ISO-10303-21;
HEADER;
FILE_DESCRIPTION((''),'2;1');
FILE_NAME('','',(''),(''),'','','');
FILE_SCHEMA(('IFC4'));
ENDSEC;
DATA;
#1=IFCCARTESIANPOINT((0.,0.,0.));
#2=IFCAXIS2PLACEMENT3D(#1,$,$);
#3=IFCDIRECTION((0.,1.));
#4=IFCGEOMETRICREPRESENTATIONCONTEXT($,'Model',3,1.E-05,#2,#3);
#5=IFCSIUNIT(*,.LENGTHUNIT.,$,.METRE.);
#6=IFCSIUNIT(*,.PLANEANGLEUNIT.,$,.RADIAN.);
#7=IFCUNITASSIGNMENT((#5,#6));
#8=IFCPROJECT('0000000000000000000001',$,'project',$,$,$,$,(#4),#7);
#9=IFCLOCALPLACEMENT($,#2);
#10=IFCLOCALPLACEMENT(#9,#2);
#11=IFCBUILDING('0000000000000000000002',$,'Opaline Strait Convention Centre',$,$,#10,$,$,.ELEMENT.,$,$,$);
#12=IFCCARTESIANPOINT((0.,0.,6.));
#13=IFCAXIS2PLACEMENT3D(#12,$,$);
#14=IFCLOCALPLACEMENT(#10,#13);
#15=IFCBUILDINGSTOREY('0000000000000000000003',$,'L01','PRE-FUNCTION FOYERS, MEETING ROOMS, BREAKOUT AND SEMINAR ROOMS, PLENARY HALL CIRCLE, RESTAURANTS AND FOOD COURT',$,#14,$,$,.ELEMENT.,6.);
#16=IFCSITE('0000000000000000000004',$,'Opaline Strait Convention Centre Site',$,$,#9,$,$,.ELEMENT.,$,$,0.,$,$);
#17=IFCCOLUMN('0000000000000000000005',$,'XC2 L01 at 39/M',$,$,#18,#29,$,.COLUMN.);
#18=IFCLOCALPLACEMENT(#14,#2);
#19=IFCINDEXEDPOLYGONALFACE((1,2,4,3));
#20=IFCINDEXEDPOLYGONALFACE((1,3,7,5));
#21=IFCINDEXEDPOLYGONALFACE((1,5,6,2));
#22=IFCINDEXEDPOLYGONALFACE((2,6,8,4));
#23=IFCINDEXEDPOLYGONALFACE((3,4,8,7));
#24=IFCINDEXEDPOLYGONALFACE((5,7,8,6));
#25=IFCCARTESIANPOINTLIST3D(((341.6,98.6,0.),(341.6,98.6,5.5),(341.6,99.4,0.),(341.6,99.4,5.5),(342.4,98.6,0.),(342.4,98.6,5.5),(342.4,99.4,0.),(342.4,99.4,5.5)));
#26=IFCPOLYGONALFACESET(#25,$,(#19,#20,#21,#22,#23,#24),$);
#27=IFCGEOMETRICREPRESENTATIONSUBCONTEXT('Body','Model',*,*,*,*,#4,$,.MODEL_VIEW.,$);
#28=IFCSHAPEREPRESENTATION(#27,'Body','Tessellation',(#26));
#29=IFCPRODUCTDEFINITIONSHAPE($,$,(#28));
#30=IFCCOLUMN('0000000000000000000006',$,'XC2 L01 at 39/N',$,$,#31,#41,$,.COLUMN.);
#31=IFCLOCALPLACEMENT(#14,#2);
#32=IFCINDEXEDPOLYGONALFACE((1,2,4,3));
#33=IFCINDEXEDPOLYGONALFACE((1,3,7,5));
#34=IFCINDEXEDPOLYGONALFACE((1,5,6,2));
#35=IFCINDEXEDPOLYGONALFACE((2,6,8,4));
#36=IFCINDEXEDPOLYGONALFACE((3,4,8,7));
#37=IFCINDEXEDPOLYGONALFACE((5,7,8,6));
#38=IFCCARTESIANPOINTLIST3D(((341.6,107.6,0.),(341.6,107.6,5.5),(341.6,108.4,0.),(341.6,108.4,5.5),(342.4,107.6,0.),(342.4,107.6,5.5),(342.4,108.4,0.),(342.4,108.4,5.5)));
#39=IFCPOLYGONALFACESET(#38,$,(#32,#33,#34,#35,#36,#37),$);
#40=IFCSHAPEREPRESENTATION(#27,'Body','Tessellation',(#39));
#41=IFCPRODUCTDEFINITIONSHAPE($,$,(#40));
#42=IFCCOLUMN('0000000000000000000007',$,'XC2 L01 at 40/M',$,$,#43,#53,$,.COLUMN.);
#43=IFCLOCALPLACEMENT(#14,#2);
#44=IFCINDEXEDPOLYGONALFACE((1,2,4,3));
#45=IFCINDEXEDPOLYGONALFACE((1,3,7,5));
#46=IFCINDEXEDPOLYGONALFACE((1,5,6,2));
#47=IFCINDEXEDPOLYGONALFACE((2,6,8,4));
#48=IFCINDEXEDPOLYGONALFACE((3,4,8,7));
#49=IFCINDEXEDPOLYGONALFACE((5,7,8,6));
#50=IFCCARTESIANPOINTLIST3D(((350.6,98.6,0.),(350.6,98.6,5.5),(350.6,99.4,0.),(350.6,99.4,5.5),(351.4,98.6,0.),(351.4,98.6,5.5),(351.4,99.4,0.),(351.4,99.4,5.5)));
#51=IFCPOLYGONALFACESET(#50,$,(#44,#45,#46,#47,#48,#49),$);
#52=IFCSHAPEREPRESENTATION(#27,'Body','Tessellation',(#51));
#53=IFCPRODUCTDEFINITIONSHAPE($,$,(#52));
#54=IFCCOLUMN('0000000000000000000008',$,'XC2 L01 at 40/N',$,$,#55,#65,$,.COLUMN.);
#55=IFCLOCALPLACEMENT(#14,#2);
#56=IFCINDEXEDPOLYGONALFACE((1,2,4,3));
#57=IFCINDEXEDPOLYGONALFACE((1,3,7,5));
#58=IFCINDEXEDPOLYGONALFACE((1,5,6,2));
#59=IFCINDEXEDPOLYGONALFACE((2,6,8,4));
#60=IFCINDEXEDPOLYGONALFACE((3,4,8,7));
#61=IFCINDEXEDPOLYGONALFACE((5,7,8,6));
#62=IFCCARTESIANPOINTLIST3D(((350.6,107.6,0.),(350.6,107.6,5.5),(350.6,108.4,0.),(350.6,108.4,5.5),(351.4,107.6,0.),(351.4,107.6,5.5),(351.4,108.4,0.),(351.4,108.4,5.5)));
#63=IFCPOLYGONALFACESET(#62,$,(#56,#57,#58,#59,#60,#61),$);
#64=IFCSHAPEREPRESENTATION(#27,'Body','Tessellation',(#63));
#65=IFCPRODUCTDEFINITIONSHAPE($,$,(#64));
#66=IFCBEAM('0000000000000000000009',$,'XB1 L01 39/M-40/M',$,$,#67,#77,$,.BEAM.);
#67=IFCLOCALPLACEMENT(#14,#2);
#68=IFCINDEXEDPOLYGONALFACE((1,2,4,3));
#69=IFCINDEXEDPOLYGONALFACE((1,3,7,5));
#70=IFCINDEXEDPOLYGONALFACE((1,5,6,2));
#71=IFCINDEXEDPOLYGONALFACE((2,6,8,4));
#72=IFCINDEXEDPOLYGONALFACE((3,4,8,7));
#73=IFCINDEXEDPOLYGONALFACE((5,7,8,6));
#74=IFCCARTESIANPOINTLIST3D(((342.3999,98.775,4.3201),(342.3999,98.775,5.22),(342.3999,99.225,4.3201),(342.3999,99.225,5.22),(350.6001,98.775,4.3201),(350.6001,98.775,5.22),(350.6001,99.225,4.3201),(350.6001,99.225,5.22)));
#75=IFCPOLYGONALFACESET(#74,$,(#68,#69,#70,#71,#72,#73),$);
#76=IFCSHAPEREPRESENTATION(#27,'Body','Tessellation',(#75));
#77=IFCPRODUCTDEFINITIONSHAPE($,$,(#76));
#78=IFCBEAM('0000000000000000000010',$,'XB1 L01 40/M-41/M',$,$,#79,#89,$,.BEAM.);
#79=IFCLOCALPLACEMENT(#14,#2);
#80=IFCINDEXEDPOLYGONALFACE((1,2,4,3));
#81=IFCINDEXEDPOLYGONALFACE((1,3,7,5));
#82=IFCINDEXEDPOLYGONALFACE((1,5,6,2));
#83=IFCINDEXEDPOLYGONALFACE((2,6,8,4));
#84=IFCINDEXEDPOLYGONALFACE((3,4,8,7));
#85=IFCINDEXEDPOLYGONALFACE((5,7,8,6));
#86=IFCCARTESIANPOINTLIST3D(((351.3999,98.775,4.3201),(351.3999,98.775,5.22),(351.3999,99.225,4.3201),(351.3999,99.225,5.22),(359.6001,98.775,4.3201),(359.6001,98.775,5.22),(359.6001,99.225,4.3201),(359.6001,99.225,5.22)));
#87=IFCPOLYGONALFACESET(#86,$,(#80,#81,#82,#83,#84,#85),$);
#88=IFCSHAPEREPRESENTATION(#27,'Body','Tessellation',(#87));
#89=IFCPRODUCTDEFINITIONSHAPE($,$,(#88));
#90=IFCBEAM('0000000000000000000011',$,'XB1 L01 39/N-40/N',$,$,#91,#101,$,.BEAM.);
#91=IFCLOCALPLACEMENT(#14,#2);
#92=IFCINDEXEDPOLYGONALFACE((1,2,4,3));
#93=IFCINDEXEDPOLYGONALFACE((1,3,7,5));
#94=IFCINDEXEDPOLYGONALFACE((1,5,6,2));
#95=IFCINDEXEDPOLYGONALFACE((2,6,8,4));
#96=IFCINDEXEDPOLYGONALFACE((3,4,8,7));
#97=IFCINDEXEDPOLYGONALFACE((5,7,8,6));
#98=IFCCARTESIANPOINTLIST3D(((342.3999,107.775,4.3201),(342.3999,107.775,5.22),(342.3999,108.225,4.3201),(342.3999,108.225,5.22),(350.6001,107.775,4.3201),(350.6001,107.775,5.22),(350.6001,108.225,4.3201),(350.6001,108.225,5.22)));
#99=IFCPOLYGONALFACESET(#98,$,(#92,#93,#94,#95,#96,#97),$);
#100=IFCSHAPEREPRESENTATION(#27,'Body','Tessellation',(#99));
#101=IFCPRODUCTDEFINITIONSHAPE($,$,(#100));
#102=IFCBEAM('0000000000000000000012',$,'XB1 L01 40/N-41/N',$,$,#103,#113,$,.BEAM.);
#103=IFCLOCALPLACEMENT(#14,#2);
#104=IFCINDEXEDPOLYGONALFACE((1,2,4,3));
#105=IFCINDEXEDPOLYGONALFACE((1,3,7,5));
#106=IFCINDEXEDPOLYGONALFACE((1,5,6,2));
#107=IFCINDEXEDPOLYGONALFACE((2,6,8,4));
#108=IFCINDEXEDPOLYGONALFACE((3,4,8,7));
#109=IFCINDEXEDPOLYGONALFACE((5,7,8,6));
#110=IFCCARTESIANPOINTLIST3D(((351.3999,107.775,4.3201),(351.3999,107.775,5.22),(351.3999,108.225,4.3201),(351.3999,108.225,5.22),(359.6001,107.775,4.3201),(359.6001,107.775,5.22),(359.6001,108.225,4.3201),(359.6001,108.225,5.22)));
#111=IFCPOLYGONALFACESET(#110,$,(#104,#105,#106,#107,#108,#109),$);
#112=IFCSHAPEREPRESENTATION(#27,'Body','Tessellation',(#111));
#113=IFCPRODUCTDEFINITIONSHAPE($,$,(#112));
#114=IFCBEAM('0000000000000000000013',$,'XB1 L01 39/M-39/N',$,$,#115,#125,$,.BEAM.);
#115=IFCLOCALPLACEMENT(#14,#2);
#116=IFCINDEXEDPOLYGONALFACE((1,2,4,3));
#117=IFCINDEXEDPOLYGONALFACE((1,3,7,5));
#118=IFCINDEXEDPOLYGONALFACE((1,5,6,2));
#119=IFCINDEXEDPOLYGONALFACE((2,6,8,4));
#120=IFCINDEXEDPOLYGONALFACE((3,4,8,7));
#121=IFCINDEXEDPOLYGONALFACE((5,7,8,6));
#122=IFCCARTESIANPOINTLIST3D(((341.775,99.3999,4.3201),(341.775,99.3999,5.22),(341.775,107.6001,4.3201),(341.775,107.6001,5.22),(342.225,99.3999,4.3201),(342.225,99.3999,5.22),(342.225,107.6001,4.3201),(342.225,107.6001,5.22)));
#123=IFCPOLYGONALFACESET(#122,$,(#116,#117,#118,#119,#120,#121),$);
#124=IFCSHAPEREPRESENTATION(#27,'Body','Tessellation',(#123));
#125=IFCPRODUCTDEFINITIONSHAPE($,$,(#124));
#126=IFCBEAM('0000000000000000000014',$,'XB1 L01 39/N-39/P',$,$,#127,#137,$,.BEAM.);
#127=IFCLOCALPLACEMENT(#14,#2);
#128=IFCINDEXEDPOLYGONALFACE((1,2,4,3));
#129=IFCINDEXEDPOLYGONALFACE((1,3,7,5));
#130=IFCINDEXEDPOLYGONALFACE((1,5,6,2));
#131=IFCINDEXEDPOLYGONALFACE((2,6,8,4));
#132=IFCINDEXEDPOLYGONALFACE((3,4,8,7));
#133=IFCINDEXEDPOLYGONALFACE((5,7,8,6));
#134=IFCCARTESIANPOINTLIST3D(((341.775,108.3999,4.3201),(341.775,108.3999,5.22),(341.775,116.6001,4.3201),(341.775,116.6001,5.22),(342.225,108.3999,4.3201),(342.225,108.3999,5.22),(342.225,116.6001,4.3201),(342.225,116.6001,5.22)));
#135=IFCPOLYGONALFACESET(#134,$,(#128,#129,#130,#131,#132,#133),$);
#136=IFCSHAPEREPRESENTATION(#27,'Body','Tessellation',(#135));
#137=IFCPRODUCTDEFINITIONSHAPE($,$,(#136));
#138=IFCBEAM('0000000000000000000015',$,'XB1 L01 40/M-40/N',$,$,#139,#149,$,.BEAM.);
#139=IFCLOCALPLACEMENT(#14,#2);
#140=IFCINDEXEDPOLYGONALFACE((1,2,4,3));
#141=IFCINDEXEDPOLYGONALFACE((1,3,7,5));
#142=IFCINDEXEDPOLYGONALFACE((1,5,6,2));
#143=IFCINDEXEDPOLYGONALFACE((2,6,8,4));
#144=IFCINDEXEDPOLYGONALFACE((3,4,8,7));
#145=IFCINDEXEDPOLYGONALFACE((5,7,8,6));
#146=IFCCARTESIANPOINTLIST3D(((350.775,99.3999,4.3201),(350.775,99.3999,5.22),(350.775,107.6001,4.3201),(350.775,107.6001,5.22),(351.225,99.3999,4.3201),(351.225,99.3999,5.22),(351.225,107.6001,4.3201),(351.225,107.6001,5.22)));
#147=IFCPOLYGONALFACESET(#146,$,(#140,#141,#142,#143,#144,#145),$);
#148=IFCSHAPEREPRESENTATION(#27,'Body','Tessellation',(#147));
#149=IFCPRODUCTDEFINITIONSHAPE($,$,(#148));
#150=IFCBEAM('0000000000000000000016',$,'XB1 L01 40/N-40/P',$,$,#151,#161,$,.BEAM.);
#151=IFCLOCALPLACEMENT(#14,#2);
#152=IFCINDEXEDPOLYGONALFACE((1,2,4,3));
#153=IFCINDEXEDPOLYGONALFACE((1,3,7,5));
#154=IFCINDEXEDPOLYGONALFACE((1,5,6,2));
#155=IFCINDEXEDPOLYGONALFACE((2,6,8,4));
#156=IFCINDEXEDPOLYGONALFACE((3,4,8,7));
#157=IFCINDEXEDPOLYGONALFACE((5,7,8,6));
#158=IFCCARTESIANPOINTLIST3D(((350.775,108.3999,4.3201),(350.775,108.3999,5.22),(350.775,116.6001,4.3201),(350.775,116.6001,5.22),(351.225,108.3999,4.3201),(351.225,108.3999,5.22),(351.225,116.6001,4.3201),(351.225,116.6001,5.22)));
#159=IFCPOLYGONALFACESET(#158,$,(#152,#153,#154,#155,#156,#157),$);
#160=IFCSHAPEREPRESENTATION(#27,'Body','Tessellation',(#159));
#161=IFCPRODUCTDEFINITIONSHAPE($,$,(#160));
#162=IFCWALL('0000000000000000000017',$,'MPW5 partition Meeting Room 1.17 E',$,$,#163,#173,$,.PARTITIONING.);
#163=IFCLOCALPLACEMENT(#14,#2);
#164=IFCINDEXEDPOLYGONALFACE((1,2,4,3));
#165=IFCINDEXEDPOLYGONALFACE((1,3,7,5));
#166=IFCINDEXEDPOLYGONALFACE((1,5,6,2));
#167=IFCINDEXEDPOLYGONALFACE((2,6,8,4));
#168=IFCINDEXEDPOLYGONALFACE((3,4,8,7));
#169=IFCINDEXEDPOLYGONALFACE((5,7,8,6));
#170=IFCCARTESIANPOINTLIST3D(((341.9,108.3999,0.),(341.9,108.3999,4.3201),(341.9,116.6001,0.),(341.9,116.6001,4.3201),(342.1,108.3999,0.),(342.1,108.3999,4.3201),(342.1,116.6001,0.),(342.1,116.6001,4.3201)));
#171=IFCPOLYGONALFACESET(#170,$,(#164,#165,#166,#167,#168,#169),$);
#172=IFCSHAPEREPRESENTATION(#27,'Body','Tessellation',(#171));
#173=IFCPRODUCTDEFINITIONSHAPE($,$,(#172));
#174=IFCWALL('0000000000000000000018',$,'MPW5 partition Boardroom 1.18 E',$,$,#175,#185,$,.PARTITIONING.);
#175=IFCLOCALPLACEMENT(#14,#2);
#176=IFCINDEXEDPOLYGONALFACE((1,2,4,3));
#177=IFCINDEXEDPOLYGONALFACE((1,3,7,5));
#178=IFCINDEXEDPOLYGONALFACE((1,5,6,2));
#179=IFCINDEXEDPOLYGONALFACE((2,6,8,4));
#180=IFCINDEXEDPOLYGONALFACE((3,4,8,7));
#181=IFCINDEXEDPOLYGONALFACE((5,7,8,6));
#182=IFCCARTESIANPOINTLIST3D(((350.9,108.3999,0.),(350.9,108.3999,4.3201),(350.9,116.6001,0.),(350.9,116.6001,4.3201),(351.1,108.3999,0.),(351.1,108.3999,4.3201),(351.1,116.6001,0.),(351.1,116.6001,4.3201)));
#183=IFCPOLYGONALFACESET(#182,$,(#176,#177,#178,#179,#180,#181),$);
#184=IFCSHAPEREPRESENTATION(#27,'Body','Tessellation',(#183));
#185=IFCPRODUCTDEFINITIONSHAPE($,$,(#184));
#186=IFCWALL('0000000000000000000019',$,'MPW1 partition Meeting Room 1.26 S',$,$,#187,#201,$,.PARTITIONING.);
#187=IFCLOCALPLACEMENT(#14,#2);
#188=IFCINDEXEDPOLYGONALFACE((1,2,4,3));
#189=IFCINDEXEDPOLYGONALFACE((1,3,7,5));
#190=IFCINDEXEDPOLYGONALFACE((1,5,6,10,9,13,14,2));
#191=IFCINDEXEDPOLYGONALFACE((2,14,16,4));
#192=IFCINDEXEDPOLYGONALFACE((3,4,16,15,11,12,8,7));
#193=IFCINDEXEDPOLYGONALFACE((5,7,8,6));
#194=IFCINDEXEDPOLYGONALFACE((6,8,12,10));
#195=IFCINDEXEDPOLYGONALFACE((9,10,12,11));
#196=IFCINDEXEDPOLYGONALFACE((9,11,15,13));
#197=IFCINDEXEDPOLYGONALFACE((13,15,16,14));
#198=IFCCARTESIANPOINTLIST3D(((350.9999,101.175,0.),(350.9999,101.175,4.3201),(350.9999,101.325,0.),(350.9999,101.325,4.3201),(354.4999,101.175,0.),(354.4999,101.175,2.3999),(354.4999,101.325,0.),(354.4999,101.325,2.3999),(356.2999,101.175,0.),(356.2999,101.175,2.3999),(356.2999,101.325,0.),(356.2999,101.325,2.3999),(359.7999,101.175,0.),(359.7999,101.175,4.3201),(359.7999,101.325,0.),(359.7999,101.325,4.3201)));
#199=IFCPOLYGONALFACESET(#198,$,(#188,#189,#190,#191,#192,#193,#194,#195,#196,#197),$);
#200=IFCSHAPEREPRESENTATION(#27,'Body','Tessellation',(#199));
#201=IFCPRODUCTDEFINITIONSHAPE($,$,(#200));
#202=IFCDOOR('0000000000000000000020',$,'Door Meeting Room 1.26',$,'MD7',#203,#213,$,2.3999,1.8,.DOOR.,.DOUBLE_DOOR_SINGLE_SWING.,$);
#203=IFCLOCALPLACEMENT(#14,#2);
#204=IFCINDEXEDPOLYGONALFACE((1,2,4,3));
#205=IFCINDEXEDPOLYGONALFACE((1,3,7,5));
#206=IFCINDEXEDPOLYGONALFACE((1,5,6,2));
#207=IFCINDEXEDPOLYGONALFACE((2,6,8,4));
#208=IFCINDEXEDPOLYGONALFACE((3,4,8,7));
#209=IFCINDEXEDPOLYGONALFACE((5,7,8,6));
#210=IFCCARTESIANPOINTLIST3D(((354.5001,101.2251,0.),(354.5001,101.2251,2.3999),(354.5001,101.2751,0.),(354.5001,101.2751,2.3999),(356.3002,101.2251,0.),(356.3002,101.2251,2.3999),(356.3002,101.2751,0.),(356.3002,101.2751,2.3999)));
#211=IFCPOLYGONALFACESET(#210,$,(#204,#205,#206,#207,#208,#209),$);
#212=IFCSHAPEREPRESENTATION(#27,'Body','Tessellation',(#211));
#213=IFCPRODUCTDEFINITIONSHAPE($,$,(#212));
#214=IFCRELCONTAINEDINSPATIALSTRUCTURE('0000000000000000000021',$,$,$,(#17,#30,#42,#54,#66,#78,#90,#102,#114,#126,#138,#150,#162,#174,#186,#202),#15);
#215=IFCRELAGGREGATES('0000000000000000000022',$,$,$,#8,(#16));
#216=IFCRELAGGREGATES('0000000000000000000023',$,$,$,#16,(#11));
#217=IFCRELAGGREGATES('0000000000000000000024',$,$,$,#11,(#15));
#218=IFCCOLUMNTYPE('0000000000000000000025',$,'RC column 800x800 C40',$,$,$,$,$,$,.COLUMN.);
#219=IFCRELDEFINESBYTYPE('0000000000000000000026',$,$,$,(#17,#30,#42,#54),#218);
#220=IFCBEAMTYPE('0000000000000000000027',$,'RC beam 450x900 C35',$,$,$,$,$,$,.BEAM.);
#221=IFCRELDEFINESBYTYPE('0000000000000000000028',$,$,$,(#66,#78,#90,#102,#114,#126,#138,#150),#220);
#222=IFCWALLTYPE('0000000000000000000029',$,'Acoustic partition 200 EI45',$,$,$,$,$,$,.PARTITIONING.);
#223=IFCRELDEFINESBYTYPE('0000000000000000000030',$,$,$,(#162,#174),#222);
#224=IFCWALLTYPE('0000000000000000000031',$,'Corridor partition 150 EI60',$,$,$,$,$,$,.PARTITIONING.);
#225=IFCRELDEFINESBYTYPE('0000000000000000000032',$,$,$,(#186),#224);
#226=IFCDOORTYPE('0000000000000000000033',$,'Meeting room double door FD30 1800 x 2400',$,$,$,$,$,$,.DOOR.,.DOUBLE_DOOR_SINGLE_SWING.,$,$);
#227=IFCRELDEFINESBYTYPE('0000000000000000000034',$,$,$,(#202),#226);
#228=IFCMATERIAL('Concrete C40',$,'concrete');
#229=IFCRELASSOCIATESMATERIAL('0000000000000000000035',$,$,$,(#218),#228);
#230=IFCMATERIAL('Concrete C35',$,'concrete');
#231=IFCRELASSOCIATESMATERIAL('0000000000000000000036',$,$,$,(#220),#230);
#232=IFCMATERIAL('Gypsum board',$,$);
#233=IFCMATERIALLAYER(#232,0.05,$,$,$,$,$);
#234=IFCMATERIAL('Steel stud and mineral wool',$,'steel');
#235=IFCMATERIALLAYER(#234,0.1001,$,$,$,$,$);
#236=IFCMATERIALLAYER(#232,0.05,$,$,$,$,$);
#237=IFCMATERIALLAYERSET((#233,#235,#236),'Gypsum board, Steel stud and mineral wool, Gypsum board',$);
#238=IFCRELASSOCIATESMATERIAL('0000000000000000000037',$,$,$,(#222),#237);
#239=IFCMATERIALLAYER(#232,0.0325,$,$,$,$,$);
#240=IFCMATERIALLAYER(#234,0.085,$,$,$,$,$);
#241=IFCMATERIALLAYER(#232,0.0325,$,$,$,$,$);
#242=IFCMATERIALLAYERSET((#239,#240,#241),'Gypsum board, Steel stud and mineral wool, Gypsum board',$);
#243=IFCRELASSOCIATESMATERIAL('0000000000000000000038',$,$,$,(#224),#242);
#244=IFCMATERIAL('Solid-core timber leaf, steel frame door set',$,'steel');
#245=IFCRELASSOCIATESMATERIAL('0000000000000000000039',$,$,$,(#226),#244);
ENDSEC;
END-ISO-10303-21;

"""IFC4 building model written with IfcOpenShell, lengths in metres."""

from ifc_helpers import new_model, si_unit, direction, frame, frame_2d, origin, origin_2d, place, context, subcontext, project, spatial, rectangle, extrude, material, layer, layer_set, material_profile, profile_set, type_object, element, fill, save


model = new_model("IFC4")

# Units and contexts
model_context = context("Model", 3, precision=1e-05, world=origin(), true_north=direction((0.0, 1.0)))
body_context = subcontext(model_context, "Body", "Model", "MODEL_VIEW")
ifc_project = project(units=[si_unit("LENGTHUNIT", "METRE"), si_unit("PLANEANGLEUNIT", "RADIAN")], contexts=[model_context])

# Site, building, storey
site_placement = place(None, origin())
site = spatial("IfcSite", under=ifc_project, at=site_placement, Name="Opaline Strait Convention Centre Site", CompositionType="ELEMENT", RefElevation=0.0)
building_placement = place(site_placement, origin())
building = spatial("IfcBuilding", under=site, at=building_placement, Name="Opaline Strait Convention Centre", CompositionType="ELEMENT")
storey_placement = place(building_placement, frame((0.0, 0.0, 6.0)))
storey = spatial("IfcBuildingStorey", under=building, at=storey_placement, Name="L01", Description="PRE-FUNCTION FOYERS, MEETING ROOMS, BREAKOUT AND SEMINAR ROOMS, PLENARY HALL CIRCLE, RESTAURANTS AND FOOD COURT", CompositionType="ELEMENT", Elevation=6.0)

# Columns
ifc_material_1 = material(Name="Concrete C40", Category="concrete")
ifc_material_profile_1 = material_profile(ifc_material_1, rectangle(XDim=0.8, YDim=0.8, at=origin_2d()), Name="RC 800x800")
ifc_profile_set_1 = profile_set([ifc_material_profile_1], Name="Concrete C40")
column_type = type_object("IfcColumnType", Name="RC column 800x800 C40", PredefinedType="COLUMN", material=ifc_profile_set_1)
for number, where, z_axis, x_axis, name in (
    (1, (342.0, 99.0, 0.0), (0.0, 0.0, 1.0), (1.0, 0.0, 0.0), "XC2 L01 at 39/M"),
    (2, (342.0, 108.0, 0.0), (0.0, 0.0, 1.0), (1.0, 0.0, 0.0), "XC2 L01 at 39/N"),
    (3, (351.0, 99.0, 0.0), (0.0, 0.0, 1.0), (1.0, 0.0, 0.0), "XC2 L01 at 40/M"),
    (4, (351.0, 108.0, 0.0), (0.0, 0.0, 1.0), (1.0, 0.0, 0.0), "XC2 L01 at 40/N"),
):
    element("IfcColumn", number, at=place(storey_placement, frame(where, z_axis=z_axis, x_axis=x_axis)), inside=storey, type_object=column_type, Name=name, PredefinedType="COLUMN", context=body_context, shape_type="SweptSolid", body=[
        extrude(rectangle(XDim=0.8, YDim=0.8, at=origin_2d()), origin(), (0.0, 0.0, 1.0), 5.5),
    ])

# Beams
ifc_material_2 = material(Name="Concrete C35", Category="concrete")
ifc_material_profile_2 = material_profile(ifc_material_2, rectangle(XDim=0.45, YDim=0.8999, at=origin_2d()), Name="RC 450x900")
ifc_profile_set_2 = profile_set([ifc_material_profile_2], Name="Concrete C35")
beam_type = type_object("IfcBeamType", Name="RC beam 450x900 C35", PredefinedType="BEAM", material=ifc_profile_set_2)
for number, where, z_axis, x_axis, name in (
    (5, (342.3999, 99.0, 4.77), (1.0, 0.0, 0.0), (0.0, 1.0, 0.0), "XB1 L01 39/M-40/M"),
    (6, (351.3999, 99.0, 4.77), (1.0, 0.0, 0.0), (0.0, 1.0, 0.0), "XB1 L01 40/M-41/M"),
    (7, (342.3999, 108.0, 4.77), (1.0, 0.0, 0.0), (0.0, 1.0, 0.0), "XB1 L01 39/N-40/N"),
    (8, (351.3999, 108.0, 4.77), (1.0, 0.0, 0.0), (0.0, 1.0, 0.0), "XB1 L01 40/N-41/N"),
    (9, (342.0, 99.3999, 4.77), (0.0, 1.0, 0.0), (-1.0, 0.0, 0.0), "XB1 L01 39/M-39/N"),
    (10, (342.0, 108.3999, 4.77), (0.0, 1.0, 0.0), (-1.0, 0.0, 0.0), "XB1 L01 39/N-39/P"),
    (11, (351.0, 99.3999, 4.77), (0.0, 1.0, 0.0), (-1.0, 0.0, 0.0), "XB1 L01 40/M-40/N"),
    (12, (351.0, 108.3999, 4.77), (0.0, 1.0, 0.0), (-1.0, 0.0, 0.0), "XB1 L01 40/N-40/P"),
):
    element("IfcBeam", number, at=place(storey_placement, frame(where, z_axis=z_axis, x_axis=x_axis)), inside=storey, type_object=beam_type, Name=name, PredefinedType="BEAM", context=body_context, shape_type="SweptSolid", body=[
        extrude(rectangle(XDim=0.45, YDim=0.8999, at=origin_2d()), origin(), (0.0, 0.0, 1.0), 8.2002),
    ])

# Walls
ifc_material_3 = material(Name="Gypsum board")
ifc_layer_1 = layer(ifc_material_3, 0.05)
ifc_material_4 = material(Name="Steel stud and mineral wool", Category="steel")
ifc_layer_2 = layer(ifc_material_4, 0.1001)
ifc_layer_3 = layer(ifc_material_3, 0.05)
ifc_layer_set_1 = layer_set([ifc_layer_1, ifc_layer_2, ifc_layer_3], Name="Gypsum board, Steel stud and mineral wool, Gypsum board")
wall_type_1 = type_object("IfcWallType", Name="Acoustic partition 200 EI45", PredefinedType="PARTITIONING", material=ifc_layer_set_1)
for number, where, z_axis, x_axis, name in (
    (13, (342.0, 108.3999, 0.0), (0.0, 0.0, 1.0), (0.0, 1.0, 0.0), "MPW5 partition Meeting Room 1.17 E"),
    (14, (351.0, 108.3999, 0.0), (0.0, 0.0, 1.0), (0.0, 1.0, 0.0), "MPW5 partition Boardroom 1.18 E"),
):
    element("IfcWall", number, at=place(storey_placement, frame(where, z_axis=z_axis, x_axis=x_axis)), inside=storey, type_object=wall_type_1, Name=name, PredefinedType="PARTITIONING", context=body_context, shape_type="SweptSolid", body=[
        extrude(rectangle(XDim=8.2002, YDim=0.2, at=frame_2d((4.1001, 0.0))), origin(), (0.0, 0.0, 1.0), 4.3201),
    ])

# Wall, opening, door
ifc_layer_4 = layer(ifc_material_3, 0.0325)
ifc_layer_5 = layer(ifc_material_4, 0.085)
ifc_layer_6 = layer(ifc_material_3, 0.0325)
ifc_layer_set_2 = layer_set([ifc_layer_4, ifc_layer_5, ifc_layer_6], Name="Gypsum board, Steel stud and mineral wool, Gypsum board")
wall_type_2 = type_object("IfcWallType", Name="Corridor partition 150 EI60", PredefinedType="PARTITIONING", material=ifc_layer_set_2)
wall_1_placement = place(storey_placement, frame((351.0, 101.25, 0.0), z_axis=(0.0, 0.0, 1.0), x_axis=(1.0, 0.0, 0.0)))
wall_1 = element("IfcWall", 15, at=wall_1_placement, inside=storey, type_object=wall_type_2, Name="MPW1 partition Meeting Room 1.26 S", PredefinedType="PARTITIONING", context=body_context, shape_type="SweptSolid", body=[
    extrude(rectangle(XDim=8.8, YDim=0.1499, at=frame_2d((4.3999, 0.0))), origin(), (0.0, 0.0, 1.0), 4.3201),
])
opening_1_placement = place(wall_1_placement, frame((3.5, 0.0, 0.0)))
opening_1 = element("IfcOpeningElement", 16, at=opening_1_placement, cuts=wall_1, PredefinedType="OPENING", context=body_context, shape_type="SweptSolid", body=[
    extrude(rectangle(XDim=1.8, YDim=2.3999, at=frame_2d((0.8999, 1.2))), frame((0.0, 0.085, 0.0), z_axis=(0.0, -1.0, 0.0), x_axis=(1.0, 0.0, 0.0)), (0.0, 0.0, 1.0), 0.1699),
])
ifc_material_5 = material(Name="Solid-core timber leaf, steel frame door set", Category="steel")
door_type_1 = type_object("IfcDoorType", Name="Meeting room double door FD30 1800 x 2400", OperationType="DOUBLE_DOOR_SINGLE_SWING", PredefinedType="DOOR", material=ifc_material_5)
door_1_placement = place(opening_1_placement, frame((1.8, 0.0, 0.0), z_axis=(0.0, 0.0, 1.0), x_axis=(-1.0, 0.0, 0.0)))
door_1 = element("IfcDoor", 17, at=door_1_placement, inside=storey, type_object=door_type_1, Name="Door Meeting Room 1.26", ObjectType="MD7", OperationType="DOUBLE_DOOR_SINGLE_SWING", OverallHeight=2.3999, OverallWidth=1.8, PredefinedType="DOOR", context=body_context, shape_type="SweptSolid", body=[
    extrude(rectangle(XDim=1.8, YDim=2.3999, at=frame_2d((0.8999, 1.2))), frame((0.0, 0.0249, 0.0), z_axis=(0.0, -1.0, 0.0), x_axis=(1.0, 0.0, 0.0)), (0.0, 0.0, 1.0), 0.05),
])
fill(opening_1, door_1)

save(model, "model.ifc")
